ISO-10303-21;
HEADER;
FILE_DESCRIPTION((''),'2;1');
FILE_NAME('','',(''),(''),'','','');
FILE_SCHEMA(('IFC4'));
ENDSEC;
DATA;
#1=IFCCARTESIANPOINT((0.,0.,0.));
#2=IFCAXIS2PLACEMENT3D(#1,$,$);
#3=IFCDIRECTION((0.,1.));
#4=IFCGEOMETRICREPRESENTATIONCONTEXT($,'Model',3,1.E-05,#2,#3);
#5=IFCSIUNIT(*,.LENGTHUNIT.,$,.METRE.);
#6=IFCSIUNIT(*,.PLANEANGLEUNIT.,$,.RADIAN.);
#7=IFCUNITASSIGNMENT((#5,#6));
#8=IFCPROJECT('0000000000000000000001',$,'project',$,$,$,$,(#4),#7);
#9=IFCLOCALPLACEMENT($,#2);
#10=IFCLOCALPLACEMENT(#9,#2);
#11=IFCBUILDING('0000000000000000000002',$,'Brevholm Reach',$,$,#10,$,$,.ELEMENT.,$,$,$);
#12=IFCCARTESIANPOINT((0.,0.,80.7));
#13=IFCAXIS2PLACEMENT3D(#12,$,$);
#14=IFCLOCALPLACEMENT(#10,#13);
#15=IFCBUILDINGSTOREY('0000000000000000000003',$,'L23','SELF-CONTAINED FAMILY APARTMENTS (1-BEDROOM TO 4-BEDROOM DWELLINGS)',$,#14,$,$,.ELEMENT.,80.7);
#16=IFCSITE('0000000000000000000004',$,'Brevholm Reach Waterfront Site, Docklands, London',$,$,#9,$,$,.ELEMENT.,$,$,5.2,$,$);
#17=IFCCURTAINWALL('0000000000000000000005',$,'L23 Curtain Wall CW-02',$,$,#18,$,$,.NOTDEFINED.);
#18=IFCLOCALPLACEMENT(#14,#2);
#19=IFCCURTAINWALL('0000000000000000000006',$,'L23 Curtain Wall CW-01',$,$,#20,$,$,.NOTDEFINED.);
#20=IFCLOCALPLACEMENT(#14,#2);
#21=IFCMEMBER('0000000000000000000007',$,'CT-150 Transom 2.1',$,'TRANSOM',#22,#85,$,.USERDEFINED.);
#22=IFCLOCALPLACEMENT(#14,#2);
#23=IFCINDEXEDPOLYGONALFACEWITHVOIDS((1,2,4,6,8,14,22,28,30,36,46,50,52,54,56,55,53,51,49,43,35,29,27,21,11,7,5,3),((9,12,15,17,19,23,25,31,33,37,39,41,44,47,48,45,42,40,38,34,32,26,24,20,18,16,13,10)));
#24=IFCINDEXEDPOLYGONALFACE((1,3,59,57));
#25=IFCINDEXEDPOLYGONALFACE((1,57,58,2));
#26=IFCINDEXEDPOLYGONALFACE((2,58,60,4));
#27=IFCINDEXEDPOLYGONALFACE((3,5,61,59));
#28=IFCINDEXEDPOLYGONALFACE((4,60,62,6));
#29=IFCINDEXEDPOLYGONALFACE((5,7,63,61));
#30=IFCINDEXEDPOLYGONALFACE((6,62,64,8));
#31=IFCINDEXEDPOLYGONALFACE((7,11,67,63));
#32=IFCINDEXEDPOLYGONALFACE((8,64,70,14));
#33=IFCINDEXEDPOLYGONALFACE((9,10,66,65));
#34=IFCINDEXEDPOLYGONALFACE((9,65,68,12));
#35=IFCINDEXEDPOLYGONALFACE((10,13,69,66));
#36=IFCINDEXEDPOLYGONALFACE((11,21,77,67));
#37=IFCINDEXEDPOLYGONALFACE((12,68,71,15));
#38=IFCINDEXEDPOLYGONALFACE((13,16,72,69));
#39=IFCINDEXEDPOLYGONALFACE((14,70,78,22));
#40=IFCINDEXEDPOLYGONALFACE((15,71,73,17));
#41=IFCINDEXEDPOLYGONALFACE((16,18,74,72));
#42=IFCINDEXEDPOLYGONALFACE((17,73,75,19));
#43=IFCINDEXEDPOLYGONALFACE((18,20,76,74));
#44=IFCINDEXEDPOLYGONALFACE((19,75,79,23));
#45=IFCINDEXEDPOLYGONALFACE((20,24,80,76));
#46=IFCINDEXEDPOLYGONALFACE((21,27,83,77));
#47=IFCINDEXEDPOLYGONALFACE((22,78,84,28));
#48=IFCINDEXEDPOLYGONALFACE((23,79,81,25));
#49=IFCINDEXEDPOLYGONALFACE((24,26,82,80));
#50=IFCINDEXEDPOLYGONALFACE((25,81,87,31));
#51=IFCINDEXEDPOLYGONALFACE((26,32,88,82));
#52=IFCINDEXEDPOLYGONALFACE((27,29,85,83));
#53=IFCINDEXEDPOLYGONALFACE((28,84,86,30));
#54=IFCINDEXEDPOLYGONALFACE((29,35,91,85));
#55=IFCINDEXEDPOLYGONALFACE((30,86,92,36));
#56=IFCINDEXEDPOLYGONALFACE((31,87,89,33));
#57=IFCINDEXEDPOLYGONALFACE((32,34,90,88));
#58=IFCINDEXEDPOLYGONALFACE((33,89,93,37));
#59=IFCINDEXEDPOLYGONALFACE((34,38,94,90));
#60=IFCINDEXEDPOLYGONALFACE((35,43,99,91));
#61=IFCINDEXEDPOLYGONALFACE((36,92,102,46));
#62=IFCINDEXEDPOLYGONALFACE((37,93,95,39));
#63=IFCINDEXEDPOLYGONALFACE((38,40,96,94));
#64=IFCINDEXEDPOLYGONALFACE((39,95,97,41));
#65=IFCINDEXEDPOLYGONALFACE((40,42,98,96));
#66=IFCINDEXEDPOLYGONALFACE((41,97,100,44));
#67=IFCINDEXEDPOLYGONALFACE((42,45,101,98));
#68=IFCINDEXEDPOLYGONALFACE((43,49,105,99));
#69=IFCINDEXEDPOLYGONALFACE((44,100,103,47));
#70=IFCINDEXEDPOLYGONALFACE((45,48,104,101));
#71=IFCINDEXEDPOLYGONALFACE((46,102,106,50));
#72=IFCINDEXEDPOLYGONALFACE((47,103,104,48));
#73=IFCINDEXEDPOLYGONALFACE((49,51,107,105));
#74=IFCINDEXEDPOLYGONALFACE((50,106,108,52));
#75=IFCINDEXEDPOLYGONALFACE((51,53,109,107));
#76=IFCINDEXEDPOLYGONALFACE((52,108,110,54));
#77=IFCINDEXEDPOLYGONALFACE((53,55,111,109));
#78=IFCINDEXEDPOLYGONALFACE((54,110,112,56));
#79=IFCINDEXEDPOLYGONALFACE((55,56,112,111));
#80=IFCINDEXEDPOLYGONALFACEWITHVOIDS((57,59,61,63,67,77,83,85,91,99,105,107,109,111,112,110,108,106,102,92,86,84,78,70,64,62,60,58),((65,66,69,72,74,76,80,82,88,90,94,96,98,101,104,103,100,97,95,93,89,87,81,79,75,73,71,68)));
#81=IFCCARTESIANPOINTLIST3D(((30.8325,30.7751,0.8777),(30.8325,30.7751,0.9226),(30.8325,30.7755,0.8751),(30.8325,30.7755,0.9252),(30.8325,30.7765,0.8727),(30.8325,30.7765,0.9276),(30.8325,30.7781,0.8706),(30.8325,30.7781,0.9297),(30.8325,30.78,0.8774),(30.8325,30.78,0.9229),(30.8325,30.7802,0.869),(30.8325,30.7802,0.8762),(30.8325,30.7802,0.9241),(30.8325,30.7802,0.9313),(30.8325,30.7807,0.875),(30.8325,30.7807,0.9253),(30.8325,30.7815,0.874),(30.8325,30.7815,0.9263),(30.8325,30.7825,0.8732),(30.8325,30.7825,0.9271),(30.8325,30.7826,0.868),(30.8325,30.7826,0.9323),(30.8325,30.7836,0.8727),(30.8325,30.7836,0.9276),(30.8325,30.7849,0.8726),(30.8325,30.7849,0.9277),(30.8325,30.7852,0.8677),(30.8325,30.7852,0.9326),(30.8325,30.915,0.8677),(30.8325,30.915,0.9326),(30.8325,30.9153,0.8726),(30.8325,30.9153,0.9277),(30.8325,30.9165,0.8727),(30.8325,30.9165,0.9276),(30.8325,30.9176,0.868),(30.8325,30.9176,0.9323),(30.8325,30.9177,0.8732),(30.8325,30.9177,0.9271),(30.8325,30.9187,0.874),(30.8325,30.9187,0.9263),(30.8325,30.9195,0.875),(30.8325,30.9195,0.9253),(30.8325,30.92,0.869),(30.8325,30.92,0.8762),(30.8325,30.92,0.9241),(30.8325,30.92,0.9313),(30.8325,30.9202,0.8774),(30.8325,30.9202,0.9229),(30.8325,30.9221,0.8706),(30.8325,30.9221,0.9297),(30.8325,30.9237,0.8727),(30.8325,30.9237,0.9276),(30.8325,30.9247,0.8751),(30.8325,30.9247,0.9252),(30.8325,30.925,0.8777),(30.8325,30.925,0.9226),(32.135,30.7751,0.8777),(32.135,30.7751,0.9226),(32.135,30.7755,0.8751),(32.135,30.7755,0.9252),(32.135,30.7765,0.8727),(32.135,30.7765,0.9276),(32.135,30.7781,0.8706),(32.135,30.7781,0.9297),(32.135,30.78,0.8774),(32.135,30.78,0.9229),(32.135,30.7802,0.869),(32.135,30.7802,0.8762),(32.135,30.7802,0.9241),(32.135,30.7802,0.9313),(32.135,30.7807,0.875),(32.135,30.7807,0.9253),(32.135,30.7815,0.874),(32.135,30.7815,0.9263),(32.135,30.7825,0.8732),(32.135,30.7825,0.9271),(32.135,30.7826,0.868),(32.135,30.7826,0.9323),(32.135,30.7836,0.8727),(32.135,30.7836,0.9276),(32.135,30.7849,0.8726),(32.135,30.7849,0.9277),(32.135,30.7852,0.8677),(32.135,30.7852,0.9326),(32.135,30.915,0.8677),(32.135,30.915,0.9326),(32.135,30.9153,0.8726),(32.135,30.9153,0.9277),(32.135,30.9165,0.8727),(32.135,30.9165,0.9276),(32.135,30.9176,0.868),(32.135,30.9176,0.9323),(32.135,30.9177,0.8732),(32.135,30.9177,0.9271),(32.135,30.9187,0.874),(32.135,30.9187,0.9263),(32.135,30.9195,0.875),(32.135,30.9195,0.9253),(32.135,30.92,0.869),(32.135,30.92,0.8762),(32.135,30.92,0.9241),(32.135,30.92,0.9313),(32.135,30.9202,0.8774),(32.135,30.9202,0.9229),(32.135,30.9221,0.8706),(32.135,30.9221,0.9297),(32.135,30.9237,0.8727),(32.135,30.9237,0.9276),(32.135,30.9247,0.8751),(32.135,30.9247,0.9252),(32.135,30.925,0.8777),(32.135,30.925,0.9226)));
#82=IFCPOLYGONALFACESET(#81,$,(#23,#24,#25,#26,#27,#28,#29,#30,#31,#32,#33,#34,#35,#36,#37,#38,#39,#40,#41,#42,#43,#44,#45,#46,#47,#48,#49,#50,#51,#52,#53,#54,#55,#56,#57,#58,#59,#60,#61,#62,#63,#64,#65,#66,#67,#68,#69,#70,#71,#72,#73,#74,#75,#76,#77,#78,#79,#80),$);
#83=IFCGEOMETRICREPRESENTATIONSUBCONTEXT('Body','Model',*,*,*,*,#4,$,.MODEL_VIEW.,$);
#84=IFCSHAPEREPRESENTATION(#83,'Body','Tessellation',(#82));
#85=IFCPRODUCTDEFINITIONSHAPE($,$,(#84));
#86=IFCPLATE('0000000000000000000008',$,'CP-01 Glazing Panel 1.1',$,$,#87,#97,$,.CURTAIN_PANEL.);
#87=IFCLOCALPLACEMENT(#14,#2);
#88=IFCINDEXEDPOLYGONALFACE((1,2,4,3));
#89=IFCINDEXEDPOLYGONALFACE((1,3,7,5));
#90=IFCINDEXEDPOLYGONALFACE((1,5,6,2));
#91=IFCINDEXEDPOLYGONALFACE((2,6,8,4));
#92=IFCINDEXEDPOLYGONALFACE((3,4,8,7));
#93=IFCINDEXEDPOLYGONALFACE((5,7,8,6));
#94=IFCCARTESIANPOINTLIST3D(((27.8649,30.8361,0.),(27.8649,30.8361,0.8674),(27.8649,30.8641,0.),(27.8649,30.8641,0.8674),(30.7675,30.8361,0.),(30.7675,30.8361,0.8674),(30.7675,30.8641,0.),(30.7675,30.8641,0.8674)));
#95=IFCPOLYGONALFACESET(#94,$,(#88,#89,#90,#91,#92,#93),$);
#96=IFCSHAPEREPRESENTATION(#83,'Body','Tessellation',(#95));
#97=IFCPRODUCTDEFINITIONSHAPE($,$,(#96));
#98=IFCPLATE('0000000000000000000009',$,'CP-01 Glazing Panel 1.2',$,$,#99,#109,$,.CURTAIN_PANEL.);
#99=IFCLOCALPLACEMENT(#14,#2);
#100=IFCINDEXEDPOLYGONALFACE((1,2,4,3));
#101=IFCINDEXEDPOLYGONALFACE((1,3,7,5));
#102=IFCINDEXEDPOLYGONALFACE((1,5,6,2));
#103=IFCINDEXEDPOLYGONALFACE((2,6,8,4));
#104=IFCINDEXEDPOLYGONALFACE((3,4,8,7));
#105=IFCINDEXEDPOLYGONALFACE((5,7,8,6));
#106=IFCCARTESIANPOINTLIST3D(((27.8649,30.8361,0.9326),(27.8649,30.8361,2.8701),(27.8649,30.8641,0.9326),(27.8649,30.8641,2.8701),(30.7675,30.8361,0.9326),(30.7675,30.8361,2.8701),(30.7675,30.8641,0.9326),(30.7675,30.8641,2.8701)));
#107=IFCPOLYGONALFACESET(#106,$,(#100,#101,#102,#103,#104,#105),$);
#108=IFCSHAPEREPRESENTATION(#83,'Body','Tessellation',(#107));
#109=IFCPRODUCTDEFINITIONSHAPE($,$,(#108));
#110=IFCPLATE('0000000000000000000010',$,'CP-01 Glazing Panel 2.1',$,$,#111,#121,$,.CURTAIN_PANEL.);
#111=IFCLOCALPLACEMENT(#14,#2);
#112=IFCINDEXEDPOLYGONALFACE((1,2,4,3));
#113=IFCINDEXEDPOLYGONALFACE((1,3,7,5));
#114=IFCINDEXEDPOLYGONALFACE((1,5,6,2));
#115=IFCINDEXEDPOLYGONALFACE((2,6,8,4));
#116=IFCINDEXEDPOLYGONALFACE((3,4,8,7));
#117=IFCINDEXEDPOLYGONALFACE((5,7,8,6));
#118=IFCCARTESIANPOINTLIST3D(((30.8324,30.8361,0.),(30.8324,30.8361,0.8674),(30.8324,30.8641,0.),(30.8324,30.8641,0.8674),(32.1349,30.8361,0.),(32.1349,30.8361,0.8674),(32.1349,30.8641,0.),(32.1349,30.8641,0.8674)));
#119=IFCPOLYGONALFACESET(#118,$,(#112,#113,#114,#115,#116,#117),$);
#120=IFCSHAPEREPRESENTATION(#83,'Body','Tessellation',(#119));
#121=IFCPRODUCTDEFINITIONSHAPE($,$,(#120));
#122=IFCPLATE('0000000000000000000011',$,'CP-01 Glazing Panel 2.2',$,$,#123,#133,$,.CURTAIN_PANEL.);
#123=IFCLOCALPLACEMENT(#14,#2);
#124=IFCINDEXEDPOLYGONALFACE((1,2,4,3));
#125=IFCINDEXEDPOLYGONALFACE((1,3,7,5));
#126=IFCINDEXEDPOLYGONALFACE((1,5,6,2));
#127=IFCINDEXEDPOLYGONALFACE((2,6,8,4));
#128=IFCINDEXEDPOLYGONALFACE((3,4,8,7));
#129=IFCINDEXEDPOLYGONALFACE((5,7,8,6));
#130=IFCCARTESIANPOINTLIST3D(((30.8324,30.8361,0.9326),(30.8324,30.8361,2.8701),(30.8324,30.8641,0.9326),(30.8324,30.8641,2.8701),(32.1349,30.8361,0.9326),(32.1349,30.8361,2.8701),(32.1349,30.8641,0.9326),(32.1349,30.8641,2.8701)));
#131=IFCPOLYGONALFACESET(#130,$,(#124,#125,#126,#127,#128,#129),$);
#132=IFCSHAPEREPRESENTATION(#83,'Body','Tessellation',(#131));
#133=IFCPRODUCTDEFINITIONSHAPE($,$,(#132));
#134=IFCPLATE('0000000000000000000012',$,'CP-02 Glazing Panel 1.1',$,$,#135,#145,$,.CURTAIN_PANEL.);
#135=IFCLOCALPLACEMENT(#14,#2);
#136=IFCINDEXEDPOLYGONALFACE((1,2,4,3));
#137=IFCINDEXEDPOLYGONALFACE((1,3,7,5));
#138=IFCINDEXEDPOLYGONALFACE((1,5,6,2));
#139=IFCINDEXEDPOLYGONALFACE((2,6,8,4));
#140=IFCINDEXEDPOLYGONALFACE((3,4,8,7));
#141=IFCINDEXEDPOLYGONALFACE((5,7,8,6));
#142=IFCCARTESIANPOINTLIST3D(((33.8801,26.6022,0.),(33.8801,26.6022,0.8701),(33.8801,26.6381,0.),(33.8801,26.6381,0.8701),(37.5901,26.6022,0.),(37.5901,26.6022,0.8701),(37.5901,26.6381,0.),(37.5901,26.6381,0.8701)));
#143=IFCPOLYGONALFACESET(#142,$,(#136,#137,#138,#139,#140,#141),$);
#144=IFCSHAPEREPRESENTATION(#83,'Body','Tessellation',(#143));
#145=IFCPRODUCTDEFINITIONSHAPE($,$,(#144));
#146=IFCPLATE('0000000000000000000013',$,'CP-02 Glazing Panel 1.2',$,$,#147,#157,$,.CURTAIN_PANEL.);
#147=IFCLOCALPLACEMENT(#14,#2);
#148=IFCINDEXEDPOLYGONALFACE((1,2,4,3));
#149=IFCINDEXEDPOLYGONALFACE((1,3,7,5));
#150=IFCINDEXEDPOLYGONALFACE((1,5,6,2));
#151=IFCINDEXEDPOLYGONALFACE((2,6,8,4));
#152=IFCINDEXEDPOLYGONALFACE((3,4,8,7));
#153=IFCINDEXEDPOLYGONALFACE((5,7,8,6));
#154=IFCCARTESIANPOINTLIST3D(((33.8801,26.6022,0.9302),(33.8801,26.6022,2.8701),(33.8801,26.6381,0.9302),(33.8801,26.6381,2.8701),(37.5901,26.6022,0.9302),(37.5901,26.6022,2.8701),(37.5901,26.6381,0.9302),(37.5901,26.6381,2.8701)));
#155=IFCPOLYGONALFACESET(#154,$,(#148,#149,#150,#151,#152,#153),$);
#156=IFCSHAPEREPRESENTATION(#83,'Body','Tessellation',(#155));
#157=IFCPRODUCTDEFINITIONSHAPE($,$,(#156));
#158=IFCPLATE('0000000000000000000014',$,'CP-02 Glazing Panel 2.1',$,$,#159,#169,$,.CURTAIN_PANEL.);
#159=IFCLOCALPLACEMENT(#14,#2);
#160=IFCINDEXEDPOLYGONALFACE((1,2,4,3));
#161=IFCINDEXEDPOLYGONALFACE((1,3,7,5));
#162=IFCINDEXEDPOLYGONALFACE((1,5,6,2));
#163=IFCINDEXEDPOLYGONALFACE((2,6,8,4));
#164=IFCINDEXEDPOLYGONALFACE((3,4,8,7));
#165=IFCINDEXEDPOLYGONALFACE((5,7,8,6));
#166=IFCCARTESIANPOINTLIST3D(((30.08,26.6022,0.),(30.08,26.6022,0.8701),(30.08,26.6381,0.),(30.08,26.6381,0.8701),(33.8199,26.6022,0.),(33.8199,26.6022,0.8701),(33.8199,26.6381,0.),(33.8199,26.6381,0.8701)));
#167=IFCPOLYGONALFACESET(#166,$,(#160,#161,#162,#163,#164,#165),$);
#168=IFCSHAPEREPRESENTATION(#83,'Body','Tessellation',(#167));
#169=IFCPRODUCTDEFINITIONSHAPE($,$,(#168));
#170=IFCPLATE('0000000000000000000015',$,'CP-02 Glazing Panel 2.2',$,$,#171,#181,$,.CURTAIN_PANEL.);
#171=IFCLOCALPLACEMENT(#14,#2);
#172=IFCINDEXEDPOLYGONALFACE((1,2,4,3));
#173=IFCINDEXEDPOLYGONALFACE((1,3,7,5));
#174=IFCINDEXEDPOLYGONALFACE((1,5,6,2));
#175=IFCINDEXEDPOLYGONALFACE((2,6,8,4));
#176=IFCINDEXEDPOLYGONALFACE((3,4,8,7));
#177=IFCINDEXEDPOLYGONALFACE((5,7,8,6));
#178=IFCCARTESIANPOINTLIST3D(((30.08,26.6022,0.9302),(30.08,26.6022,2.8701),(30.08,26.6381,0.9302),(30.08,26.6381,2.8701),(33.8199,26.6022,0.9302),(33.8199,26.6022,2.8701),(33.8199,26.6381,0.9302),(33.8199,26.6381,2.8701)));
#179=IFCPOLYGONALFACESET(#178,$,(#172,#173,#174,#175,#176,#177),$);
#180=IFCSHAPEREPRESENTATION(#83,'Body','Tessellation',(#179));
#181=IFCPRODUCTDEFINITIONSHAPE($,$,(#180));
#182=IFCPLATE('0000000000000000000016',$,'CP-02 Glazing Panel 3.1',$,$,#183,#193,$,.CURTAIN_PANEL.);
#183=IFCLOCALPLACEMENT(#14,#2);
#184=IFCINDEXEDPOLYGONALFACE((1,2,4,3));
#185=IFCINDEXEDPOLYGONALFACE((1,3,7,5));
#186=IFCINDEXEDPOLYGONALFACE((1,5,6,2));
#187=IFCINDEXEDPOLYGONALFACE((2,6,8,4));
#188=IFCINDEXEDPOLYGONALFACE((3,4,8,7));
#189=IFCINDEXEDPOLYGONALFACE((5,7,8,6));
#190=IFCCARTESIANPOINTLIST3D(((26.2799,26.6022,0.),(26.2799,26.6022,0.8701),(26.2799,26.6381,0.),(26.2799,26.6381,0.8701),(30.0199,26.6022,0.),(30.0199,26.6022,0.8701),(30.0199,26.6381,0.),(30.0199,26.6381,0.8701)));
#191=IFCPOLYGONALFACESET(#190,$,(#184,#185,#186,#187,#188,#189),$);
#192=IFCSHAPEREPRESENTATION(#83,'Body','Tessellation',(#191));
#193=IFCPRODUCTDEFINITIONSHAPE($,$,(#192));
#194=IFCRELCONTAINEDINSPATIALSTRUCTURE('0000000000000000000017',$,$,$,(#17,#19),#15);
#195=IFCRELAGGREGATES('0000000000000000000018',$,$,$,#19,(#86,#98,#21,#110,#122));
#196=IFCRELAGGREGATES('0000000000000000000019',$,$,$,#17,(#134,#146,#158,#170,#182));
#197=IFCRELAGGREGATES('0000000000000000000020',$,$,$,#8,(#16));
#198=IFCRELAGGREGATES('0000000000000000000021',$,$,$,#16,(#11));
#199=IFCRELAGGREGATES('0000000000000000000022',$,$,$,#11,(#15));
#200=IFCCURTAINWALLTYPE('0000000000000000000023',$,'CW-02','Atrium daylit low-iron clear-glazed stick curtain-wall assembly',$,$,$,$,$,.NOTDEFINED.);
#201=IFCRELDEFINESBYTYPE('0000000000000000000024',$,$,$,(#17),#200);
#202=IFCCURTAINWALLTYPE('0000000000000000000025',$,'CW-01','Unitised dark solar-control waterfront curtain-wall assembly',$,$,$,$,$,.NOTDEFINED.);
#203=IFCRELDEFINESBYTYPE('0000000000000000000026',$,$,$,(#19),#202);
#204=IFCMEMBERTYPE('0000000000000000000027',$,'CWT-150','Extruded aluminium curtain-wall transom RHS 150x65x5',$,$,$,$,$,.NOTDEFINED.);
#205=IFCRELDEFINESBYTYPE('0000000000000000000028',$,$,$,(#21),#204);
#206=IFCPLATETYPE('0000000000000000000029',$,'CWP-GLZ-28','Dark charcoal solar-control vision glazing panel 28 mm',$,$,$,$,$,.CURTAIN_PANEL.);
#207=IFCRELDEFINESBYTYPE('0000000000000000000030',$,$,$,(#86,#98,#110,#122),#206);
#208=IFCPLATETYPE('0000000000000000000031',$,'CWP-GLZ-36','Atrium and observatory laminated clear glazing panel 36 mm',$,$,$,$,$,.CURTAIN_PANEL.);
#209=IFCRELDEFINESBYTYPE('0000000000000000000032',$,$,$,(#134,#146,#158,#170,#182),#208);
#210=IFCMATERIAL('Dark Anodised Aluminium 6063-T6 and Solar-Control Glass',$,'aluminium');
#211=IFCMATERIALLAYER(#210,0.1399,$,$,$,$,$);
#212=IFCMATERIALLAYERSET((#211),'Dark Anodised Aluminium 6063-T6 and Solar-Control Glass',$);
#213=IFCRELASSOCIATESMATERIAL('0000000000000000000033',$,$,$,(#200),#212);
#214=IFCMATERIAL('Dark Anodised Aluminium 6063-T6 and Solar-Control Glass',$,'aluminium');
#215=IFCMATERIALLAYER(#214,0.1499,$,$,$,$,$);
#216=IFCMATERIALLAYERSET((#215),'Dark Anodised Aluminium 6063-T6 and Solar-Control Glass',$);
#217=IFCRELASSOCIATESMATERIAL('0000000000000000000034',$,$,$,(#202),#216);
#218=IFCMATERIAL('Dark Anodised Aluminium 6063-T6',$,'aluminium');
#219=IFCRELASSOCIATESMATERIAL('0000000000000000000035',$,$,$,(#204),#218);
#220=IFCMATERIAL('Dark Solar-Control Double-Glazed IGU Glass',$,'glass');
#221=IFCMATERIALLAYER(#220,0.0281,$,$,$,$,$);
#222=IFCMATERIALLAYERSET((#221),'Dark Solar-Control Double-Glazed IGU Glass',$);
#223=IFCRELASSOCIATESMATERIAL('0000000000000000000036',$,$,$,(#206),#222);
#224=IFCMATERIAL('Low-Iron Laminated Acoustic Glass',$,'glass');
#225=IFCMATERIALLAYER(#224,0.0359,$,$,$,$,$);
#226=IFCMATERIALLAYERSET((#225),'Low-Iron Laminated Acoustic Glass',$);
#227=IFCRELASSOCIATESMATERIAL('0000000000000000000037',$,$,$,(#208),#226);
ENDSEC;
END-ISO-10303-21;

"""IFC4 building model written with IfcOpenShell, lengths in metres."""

from ifc_helpers import new_model, si_unit, direction, frame, origin, origin_2d, place, context, subcontext, project, spatial, rectangle, hollow_rectangle, extrude, material, layer, layer_set, material_profile, profile_set, type_object, element, aggregate, save


model = new_model("IFC4")

# Units and contexts
model_context = context("Model", 3, precision=1e-05, world=origin(), true_north=direction((0.0, 1.0)))
body_context = subcontext(model_context, "Body", "Model", "MODEL_VIEW")
ifc_project = project(units=[si_unit("LENGTHUNIT", "METRE"), si_unit("PLANEANGLEUNIT", "RADIAN")], contexts=[model_context])

# Site, building, storey
site_placement = place(None, origin())
site = spatial("IfcSite", under=ifc_project, at=site_placement, Name="Brevholm Reach Waterfront Site, Docklands, London", CompositionType="ELEMENT", RefElevation=5.2)
building_placement = place(site_placement, origin())
building = spatial("IfcBuilding", under=site, at=building_placement, Name="Brevholm Reach", CompositionType="ELEMENT")
storey_placement = place(building_placement, frame((0.0, 0.0, 80.7)))
storey = spatial("IfcBuildingStorey", under=building, at=storey_placement, Name="L23", Description="SELF-CONTAINED FAMILY APARTMENTS (1-BEDROOM TO 4-BEDROOM DWELLINGS)", CompositionType="ELEMENT", Elevation=80.7)

# Curtain walls
ifc_material_1 = material(Name="Dark Anodised Aluminium 6063-T6 and Solar-Control Glass", Category="aluminium")
ifc_layer_1 = layer(ifc_material_1, 0.1399)
ifc_layer_set_1 = layer_set([ifc_layer_1], Name="Dark Anodised Aluminium 6063-T6 and Solar-Control Glass")
curtain_wall_type_1 = type_object("IfcCurtainWallType", Name="CW-02", Description="Atrium daylit low-iron clear-glazed stick curtain-wall assembly", PredefinedType="NOTDEFINED", material=ifc_layer_set_1)
curtain_wall_1_placement = place(storey_placement, origin())
curtain_wall_1 = element("IfcCurtainWall", 1, at=curtain_wall_1_placement, inside=storey, type_object=curtain_wall_type_1, Name="L23 Curtain Wall CW-02", PredefinedType="NOTDEFINED")
ifc_material_2 = material(Name="Dark Anodised Aluminium 6063-T6 and Solar-Control Glass", Category="aluminium")
ifc_layer_2 = layer(ifc_material_2, 0.1499)
ifc_layer_set_2 = layer_set([ifc_layer_2], Name="Dark Anodised Aluminium 6063-T6 and Solar-Control Glass")
curtain_wall_type_2 = type_object("IfcCurtainWallType", Name="CW-01", Description="Unitised dark solar-control waterfront curtain-wall assembly", PredefinedType="NOTDEFINED", material=ifc_layer_set_2)
curtain_wall_2_placement = place(storey_placement, origin())
curtain_wall_2 = element("IfcCurtainWall", 2, at=curtain_wall_2_placement, inside=storey, type_object=curtain_wall_type_2, Name="L23 Curtain Wall CW-01", PredefinedType="NOTDEFINED")

# Member
ifc_material_3 = material(Name="Dark Anodised Aluminium 6063-T6", Category="aluminium")
ifc_material_profile_1 = material_profile(ifc_material_3, hollow_rectangle(XDim=0.0649, YDim=0.1499, WallThickness=0.0049, InnerFilletRadius=0.0049, OuterFilletRadius=0.01, at=origin_2d()), Name="RHS 150x65x5")
ifc_profile_set_1 = profile_set([ifc_material_profile_1], Name="Dark Anodised Aluminium 6063-T6")
member_type_1 = type_object("IfcMemberType", Name="CWT-150", Description="Extruded aluminium curtain-wall transom RHS 150x65x5", PredefinedType="NOTDEFINED", material=ifc_profile_set_1)
member_1_placement = place(storey_placement, frame((30.8325, 30.8501, 0.9001), z_axis=(1.0, 0.0, 0.0), x_axis=(0.0, 0.0, 1.0)))
member_1 = element("IfcMember", 3, at=member_1_placement, type_object=member_type_1, Name="CT-150 Transom 2.1", ObjectType="TRANSOM", PredefinedType="USERDEFINED", context=body_context, shape_type="SweptSolid", body=[
    extrude(hollow_rectangle(XDim=0.0649, YDim=0.1499, WallThickness=0.0049, InnerFilletRadius=0.0049, OuterFilletRadius=0.01, at=origin_2d()), origin(), (0.0, 0.0, 1.0), 1.3025),
])

# Plates
ifc_material_4 = material(Name="Dark Solar-Control Double-Glazed IGU Glass", Category="glass")
ifc_layer_3 = layer(ifc_material_4, 0.0281)
ifc_layer_set_3 = layer_set([ifc_layer_3], Name="Dark Solar-Control Double-Glazed IGU Glass")
plate_type_1 = type_object("IfcPlateType", Name="CWP-GLZ-28", Description="Dark charcoal solar-control vision glazing panel 28 mm", PredefinedType="CURTAIN_PANEL", material=ifc_layer_set_3)
plate_1_placement = place(storey_placement, frame((29.3162, 30.8501, 0.0), z_axis=(0.0, 0.0, 1.0), x_axis=(1.0, 0.0, 0.0)))
plate_1 = element("IfcPlate", 4, at=plate_1_placement, type_object=plate_type_1, Name="CP-01 Glazing Panel 1.1", PredefinedType="CURTAIN_PANEL", context=body_context, shape_type="SweptSolid", body=[
    extrude(rectangle(XDim=2.9026, YDim=0.0281, at=origin_2d()), origin(), (0.0, 0.0, 1.0), 0.8674),
])
plate_2_placement = place(storey_placement, frame((29.3162, 30.8501, 0.9326), z_axis=(0.0, 0.0, 1.0), x_axis=(1.0, 0.0, 0.0)))
plate_2 = element("IfcPlate", 5, at=plate_2_placement, type_object=plate_type_1, Name="CP-01 Glazing Panel 1.2", PredefinedType="CURTAIN_PANEL", context=body_context, shape_type="SweptSolid", body=[
    extrude(rectangle(XDim=2.9026, YDim=0.0281, at=origin_2d()), origin(), (0.0, 0.0, 1.0), 1.9375),
])
plate_3_placement = place(storey_placement, frame((31.4836, 30.8501, 0.0), z_axis=(0.0, 0.0, 1.0), x_axis=(1.0, 0.0, 0.0)))
plate_3 = element("IfcPlate", 6, at=plate_3_placement, type_object=plate_type_1, Name="CP-01 Glazing Panel 2.1", PredefinedType="CURTAIN_PANEL", context=body_context, shape_type="SweptSolid", body=[
    extrude(rectangle(XDim=1.3025, YDim=0.0281, at=origin_2d()), origin(), (0.0, 0.0, 1.0), 0.8674),
])
plate_4_placement = place(storey_placement, frame((31.4836, 30.8501, 0.9326), z_axis=(0.0, 0.0, 1.0), x_axis=(1.0, 0.0, 0.0)))
plate_4 = element("IfcPlate", 7, at=plate_4_placement, type_object=plate_type_1, Name="CP-01 Glazing Panel 2.2", PredefinedType="CURTAIN_PANEL", context=body_context, shape_type="SweptSolid", body=[
    extrude(rectangle(XDim=1.3025, YDim=0.0281, at=origin_2d()), origin(), (0.0, 0.0, 1.0), 1.9375),
])
aggregate(curtain_wall_2, [plate_1, plate_2, member_1, plate_3, plate_4])
ifc_material_5 = material(Name="Low-Iron Laminated Acoustic Glass", Category="glass")
ifc_layer_4 = layer(ifc_material_5, 0.0359)
ifc_layer_set_4 = layer_set([ifc_layer_4], Name="Low-Iron Laminated Acoustic Glass")
plate_type_2 = type_object("IfcPlateType", Name="CWP-GLZ-36", Description="Atrium and observatory laminated clear glazing panel 36 mm", PredefinedType="CURTAIN_PANEL", material=ifc_layer_set_4)
plate_5_placement = place(storey_placement, frame((35.7351, 26.6201, 0.0), z_axis=(0.0, 0.0, 1.0), x_axis=(-1.0, 0.0, 0.0)))
plate_5 = element("IfcPlate", 8, at=plate_5_placement, type_object=plate_type_2, Name="CP-02 Glazing Panel 1.1", PredefinedType="CURTAIN_PANEL", context=body_context, shape_type="SweptSolid", body=[
    extrude(rectangle(XDim=3.71, YDim=0.0359, at=origin_2d()), origin(), (0.0, 0.0, 1.0), 0.8701),
])
plate_6_placement = place(storey_placement, frame((35.7351, 26.6201, 0.9302), z_axis=(0.0, 0.0, 1.0), x_axis=(-1.0, 0.0, 0.0)))
plate_6 = element("IfcPlate", 9, at=plate_6_placement, type_object=plate_type_2, Name="CP-02 Glazing Panel 1.2", PredefinedType="CURTAIN_PANEL", context=body_context, shape_type="SweptSolid", body=[
    extrude(rectangle(XDim=3.71, YDim=0.0359, at=origin_2d()), origin(), (0.0, 0.0, 1.0), 1.9399),
])
plate_7_placement = place(storey_placement, frame((31.95, 26.6201, 0.0), z_axis=(0.0, 0.0, 1.0), x_axis=(-1.0, 0.0, 0.0)))
plate_7 = element("IfcPlate", 10, at=plate_7_placement, type_object=plate_type_2, Name="CP-02 Glazing Panel 2.1", PredefinedType="CURTAIN_PANEL", context=body_context, shape_type="SweptSolid", body=[
    extrude(rectangle(XDim=3.74, YDim=0.0359, at=origin_2d()), origin(), (0.0, 0.0, 1.0), 0.8701),
])
plate_8_placement = place(storey_placement, frame((31.95, 26.6201, 0.9302), z_axis=(0.0, 0.0, 1.0), x_axis=(-1.0, 0.0, 0.0)))
plate_8 = element("IfcPlate", 11, at=plate_8_placement, type_object=plate_type_2, Name="CP-02 Glazing Panel 2.2", PredefinedType="CURTAIN_PANEL", context=body_context, shape_type="SweptSolid", body=[
    extrude(rectangle(XDim=3.74, YDim=0.0359, at=origin_2d()), origin(), (0.0, 0.0, 1.0), 1.9399),
])
plate_9_placement = place(storey_placement, frame((28.1499, 26.6201, 0.0), z_axis=(0.0, 0.0, 1.0), x_axis=(-1.0, 0.0, 0.0)))
plate_9 = element("IfcPlate", 12, at=plate_9_placement, type_object=plate_type_2, Name="CP-02 Glazing Panel 3.1", PredefinedType="CURTAIN_PANEL", context=body_context, shape_type="SweptSolid", body=[
    extrude(rectangle(XDim=3.74, YDim=0.0359, at=origin_2d()), origin(), (0.0, 0.0, 1.0), 0.8701),
])
aggregate(curtain_wall_1, [plate_5, plate_6, plate_7, plate_8, plate_9])

save(model, "model.ifc")
